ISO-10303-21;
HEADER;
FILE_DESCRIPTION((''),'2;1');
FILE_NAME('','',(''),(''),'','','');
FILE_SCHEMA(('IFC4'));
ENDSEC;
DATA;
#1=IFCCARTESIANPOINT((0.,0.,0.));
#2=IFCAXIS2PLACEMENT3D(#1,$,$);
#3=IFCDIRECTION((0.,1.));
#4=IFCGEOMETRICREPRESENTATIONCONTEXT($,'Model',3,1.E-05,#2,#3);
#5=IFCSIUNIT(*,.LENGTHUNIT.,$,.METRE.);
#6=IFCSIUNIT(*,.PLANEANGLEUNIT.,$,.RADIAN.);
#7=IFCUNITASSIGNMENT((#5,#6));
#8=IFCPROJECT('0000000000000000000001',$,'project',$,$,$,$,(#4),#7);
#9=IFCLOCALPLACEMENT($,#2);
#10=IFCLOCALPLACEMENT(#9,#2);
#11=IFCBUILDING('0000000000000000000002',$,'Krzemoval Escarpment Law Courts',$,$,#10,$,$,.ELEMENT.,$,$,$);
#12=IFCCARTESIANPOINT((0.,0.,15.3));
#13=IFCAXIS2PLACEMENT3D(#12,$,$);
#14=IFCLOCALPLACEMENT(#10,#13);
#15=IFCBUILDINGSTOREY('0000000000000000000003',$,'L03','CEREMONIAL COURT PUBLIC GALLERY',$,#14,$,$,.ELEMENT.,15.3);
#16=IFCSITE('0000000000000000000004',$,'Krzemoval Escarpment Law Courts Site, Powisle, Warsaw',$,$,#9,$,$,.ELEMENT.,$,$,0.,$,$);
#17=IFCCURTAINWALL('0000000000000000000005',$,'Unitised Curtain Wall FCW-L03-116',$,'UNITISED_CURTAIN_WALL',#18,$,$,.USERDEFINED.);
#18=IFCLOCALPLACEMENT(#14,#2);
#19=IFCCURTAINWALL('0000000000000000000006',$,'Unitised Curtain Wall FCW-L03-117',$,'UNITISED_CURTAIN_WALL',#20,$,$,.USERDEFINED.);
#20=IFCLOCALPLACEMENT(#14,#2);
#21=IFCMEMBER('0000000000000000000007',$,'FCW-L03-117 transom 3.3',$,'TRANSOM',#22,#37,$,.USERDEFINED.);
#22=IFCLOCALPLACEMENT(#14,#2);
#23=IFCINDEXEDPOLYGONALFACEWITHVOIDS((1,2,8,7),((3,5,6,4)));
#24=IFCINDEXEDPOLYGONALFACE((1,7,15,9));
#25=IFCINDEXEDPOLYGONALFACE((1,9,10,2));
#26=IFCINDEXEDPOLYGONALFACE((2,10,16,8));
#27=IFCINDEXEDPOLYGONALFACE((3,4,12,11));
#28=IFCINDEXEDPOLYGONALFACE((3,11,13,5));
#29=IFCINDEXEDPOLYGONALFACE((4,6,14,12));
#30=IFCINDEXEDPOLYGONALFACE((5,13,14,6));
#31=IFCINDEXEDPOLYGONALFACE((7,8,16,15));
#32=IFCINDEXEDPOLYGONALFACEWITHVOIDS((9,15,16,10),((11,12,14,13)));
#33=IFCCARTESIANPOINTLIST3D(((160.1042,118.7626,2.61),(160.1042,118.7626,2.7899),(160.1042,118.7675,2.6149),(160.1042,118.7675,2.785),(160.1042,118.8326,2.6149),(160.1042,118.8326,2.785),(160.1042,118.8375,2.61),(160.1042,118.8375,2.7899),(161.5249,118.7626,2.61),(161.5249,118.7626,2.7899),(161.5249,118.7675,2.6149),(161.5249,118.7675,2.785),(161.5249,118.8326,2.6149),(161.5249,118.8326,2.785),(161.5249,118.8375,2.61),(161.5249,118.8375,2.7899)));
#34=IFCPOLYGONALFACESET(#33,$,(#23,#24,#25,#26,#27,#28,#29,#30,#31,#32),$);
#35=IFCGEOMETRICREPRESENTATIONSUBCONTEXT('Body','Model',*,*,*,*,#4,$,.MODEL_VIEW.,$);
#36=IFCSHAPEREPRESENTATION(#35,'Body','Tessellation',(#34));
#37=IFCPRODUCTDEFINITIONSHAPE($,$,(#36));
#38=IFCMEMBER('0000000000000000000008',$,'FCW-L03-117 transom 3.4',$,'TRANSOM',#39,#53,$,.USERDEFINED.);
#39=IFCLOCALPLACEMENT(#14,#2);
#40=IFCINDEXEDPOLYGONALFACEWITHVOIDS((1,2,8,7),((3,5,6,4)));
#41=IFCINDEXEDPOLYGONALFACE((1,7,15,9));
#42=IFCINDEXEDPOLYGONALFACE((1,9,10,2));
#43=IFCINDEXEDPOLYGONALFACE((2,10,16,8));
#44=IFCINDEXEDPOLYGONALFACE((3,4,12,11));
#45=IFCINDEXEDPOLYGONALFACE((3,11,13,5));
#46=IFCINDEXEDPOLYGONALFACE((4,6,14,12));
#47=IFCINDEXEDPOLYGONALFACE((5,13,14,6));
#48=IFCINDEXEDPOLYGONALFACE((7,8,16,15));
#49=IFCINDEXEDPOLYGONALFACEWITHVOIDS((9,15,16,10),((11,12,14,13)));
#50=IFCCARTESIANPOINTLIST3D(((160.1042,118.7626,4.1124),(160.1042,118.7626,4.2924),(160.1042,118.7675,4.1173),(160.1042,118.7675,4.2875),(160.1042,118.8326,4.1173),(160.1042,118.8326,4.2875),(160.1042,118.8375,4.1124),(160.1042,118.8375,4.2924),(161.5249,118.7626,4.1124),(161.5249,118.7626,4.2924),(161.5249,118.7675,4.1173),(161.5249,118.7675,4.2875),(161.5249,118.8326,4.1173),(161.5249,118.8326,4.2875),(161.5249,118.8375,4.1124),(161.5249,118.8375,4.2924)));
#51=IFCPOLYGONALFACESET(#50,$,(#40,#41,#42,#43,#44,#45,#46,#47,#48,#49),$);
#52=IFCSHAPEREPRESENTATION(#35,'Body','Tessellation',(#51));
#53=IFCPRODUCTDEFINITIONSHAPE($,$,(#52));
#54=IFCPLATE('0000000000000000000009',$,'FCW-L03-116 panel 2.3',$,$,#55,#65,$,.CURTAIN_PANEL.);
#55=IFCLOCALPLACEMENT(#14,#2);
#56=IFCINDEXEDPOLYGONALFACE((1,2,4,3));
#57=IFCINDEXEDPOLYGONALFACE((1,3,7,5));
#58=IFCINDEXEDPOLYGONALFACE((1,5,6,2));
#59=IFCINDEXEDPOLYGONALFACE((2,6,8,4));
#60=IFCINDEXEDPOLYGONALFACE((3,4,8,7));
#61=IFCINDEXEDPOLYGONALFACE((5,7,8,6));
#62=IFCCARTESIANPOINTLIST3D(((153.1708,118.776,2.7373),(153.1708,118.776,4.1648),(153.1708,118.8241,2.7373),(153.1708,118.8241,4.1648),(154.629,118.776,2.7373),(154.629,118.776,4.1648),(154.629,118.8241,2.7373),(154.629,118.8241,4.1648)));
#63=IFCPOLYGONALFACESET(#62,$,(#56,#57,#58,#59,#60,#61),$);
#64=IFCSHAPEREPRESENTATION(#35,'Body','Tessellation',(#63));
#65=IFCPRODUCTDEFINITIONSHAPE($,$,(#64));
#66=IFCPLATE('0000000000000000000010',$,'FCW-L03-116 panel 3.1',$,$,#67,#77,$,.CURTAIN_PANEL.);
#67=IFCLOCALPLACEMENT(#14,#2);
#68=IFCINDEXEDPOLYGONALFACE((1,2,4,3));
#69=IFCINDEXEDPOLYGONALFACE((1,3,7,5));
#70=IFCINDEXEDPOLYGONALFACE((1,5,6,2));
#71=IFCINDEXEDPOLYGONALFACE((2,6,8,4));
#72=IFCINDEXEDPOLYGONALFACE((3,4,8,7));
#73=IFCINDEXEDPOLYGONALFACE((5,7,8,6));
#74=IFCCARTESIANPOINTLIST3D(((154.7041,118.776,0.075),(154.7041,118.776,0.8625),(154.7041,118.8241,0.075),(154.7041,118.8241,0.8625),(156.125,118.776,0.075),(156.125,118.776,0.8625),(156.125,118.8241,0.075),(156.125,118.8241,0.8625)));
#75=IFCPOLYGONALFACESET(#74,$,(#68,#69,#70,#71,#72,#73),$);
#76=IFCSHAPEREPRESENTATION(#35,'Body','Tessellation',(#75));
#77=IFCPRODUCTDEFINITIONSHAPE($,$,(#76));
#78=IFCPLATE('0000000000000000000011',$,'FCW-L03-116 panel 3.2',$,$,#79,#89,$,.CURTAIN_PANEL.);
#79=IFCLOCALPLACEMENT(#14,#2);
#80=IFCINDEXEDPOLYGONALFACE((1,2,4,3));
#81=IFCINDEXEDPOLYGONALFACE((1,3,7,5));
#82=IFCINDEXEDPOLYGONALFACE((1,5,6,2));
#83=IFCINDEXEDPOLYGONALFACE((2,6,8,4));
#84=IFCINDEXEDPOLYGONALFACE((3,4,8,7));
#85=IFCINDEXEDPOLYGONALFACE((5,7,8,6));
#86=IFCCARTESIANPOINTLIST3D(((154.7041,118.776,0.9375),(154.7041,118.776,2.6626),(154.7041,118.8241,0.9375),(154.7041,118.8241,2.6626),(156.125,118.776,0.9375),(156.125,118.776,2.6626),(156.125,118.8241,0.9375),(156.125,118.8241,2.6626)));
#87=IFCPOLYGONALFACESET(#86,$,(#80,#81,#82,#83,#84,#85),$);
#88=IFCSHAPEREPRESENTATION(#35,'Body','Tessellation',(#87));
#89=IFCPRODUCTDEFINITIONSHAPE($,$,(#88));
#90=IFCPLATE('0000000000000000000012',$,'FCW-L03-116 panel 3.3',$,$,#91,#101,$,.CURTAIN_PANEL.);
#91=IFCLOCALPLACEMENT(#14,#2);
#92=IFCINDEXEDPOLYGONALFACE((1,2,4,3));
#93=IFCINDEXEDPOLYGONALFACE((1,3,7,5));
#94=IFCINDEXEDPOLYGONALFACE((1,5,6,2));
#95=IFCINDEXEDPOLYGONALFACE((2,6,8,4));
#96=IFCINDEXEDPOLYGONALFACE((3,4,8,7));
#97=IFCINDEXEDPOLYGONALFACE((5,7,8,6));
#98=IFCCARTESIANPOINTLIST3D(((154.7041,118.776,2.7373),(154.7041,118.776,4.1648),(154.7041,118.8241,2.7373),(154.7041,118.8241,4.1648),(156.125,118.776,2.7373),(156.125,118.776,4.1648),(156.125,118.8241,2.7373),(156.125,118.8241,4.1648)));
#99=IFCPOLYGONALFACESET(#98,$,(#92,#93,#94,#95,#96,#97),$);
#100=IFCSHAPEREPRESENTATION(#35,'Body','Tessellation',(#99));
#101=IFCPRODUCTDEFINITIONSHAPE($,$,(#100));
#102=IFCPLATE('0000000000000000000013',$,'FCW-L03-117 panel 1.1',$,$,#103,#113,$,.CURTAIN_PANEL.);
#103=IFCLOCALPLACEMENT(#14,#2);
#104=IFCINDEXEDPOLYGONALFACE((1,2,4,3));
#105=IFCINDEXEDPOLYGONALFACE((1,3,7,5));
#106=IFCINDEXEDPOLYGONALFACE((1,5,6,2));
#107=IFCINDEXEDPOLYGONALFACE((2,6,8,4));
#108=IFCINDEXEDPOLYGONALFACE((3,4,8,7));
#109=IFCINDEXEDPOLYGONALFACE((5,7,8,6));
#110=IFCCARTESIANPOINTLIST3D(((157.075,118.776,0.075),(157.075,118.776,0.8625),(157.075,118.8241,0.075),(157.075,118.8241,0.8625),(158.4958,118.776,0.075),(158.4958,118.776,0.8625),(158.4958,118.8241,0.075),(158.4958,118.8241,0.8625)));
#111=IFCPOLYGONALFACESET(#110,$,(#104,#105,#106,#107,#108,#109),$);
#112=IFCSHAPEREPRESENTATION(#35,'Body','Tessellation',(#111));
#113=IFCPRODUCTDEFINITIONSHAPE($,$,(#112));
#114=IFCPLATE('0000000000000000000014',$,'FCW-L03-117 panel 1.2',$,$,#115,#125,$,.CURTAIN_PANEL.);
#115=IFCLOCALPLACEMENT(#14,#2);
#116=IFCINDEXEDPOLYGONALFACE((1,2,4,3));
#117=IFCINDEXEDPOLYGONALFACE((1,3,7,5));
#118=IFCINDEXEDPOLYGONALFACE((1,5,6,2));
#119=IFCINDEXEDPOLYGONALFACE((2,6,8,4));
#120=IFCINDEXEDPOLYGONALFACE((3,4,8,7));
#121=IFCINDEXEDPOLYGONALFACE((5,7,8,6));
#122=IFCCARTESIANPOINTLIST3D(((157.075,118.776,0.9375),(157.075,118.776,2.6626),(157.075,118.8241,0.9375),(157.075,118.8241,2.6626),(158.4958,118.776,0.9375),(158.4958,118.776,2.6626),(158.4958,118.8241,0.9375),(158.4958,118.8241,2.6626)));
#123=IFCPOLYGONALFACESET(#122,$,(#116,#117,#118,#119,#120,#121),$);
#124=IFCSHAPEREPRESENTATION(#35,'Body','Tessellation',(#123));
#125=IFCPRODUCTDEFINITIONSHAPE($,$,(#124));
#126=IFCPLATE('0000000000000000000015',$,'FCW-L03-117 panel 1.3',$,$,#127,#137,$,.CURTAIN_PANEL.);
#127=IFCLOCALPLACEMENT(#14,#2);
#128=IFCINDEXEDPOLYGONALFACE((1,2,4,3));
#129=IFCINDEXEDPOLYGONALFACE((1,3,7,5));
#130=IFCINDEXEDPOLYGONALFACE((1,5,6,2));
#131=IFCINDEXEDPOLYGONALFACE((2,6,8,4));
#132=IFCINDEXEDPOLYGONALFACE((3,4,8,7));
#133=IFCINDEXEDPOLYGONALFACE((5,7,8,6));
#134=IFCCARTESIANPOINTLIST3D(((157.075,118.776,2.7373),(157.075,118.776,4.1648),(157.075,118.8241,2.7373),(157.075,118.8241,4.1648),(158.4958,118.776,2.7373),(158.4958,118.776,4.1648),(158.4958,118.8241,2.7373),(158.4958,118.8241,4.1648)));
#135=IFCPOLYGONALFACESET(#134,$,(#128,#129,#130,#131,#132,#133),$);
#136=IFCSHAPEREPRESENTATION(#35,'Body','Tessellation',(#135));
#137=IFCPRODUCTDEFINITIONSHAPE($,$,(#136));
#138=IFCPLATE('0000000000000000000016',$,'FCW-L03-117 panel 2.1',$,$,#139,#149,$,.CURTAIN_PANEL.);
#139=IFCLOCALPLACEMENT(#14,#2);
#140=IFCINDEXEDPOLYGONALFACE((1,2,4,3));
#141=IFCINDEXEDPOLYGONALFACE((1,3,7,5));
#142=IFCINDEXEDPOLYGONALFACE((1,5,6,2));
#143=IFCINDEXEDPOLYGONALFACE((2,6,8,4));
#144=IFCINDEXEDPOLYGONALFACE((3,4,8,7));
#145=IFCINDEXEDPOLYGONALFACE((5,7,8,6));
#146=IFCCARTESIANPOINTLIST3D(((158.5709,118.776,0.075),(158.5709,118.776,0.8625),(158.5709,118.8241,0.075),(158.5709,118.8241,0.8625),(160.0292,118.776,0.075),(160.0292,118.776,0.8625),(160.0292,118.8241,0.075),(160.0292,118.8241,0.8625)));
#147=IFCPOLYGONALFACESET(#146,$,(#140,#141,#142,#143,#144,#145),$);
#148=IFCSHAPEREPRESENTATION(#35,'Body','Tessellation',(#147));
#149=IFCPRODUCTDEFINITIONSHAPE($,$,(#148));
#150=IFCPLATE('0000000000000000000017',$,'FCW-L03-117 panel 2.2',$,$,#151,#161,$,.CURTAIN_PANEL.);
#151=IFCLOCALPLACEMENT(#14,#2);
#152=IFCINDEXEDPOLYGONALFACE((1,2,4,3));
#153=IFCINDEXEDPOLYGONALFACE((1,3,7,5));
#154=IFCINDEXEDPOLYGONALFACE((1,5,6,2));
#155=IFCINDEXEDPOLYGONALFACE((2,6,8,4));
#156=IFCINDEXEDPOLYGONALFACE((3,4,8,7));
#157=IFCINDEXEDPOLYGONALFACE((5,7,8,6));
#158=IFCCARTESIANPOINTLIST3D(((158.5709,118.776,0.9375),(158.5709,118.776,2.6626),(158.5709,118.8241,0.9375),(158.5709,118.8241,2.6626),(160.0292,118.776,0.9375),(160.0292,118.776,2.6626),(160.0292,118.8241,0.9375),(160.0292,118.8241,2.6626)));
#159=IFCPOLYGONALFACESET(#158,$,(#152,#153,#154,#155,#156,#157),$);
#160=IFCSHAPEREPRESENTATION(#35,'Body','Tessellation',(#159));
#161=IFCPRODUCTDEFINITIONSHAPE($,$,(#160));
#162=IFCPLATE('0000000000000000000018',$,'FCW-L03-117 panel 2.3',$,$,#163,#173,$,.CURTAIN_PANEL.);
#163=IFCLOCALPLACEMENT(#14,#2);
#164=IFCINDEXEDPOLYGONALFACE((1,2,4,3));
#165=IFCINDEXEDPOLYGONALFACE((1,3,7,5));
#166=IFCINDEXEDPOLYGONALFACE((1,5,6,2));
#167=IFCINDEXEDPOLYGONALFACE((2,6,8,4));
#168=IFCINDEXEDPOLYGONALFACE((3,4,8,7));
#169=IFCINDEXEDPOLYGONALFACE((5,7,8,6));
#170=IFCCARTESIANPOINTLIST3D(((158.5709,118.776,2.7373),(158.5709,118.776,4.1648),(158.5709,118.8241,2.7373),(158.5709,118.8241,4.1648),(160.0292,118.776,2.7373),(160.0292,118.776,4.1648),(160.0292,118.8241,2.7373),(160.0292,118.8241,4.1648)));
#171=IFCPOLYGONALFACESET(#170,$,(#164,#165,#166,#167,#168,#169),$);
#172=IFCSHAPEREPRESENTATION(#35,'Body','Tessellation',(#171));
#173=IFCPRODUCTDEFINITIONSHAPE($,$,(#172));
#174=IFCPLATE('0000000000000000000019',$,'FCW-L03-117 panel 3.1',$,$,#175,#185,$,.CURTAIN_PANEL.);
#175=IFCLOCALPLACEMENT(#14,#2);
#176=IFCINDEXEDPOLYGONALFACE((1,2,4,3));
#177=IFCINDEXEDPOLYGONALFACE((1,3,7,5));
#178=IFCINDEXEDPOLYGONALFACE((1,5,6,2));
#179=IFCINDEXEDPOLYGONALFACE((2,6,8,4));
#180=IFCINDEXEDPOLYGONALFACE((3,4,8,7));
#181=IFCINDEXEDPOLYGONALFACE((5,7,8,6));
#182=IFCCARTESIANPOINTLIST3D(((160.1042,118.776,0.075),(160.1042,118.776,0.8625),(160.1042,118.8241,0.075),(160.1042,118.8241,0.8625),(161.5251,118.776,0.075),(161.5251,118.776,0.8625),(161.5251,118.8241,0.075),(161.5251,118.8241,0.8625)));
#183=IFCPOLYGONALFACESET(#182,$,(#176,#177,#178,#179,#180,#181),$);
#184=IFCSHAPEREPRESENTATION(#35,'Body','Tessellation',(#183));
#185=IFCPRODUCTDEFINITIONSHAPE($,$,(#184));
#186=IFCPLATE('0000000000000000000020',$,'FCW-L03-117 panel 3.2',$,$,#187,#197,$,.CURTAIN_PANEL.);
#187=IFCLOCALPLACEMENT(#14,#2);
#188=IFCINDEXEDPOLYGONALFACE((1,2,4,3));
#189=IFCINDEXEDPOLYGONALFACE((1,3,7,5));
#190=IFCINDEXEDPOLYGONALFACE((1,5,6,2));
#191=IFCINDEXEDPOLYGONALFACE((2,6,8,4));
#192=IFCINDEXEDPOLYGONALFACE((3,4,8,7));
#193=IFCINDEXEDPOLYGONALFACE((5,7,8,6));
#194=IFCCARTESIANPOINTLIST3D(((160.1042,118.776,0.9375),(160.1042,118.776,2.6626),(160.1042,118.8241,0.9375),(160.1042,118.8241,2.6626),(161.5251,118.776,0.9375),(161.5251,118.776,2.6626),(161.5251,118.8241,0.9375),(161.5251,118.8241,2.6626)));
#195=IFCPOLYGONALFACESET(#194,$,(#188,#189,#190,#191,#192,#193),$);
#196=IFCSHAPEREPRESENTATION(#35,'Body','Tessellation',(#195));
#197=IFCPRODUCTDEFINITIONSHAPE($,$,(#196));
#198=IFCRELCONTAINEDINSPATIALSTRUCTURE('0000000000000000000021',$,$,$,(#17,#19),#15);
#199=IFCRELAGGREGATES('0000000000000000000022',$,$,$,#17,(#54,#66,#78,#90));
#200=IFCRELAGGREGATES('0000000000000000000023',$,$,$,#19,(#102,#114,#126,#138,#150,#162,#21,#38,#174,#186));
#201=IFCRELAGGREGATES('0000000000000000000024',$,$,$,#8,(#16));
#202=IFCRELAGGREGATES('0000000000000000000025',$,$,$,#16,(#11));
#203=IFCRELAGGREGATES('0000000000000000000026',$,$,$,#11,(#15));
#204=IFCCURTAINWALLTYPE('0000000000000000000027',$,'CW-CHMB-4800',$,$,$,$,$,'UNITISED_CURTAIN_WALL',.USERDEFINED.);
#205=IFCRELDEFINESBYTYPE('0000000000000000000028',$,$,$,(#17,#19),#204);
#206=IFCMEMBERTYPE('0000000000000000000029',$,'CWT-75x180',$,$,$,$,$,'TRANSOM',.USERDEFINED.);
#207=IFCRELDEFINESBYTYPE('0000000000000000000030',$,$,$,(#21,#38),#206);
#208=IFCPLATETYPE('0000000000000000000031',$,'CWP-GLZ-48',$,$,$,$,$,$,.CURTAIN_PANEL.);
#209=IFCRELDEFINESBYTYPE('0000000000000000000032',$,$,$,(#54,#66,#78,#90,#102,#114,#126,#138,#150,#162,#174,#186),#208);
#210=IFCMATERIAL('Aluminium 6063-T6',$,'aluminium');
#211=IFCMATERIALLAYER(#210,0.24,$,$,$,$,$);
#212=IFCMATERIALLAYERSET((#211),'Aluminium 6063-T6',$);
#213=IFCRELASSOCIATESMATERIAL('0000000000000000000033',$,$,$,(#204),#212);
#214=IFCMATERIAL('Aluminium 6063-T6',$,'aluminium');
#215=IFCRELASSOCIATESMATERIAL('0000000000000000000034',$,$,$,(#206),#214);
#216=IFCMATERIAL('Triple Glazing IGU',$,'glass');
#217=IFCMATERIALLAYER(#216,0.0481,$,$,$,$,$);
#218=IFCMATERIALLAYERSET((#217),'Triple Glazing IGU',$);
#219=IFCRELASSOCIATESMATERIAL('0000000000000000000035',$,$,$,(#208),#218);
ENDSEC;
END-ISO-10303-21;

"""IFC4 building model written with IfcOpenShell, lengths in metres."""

from ifc_helpers import new_model, si_unit, direction, frame, origin, origin_2d, place, context, subcontext, project, spatial, rectangle, hollow_rectangle, extrude, material, layer, layer_set, material_profile, profile_set, type_object, element, aggregate, save


model = new_model("IFC4")

# Units and contexts
model_context = context("Model", 3, precision=1e-05, world=origin(), true_north=direction((0.0, 1.0)))
body_context = subcontext(model_context, "Body", "Model", "MODEL_VIEW")
ifc_project = project(units=[si_unit("LENGTHUNIT", "METRE"), si_unit("PLANEANGLEUNIT", "RADIAN")], contexts=[model_context])

# Site, building, storey
site_placement = place(None, origin())
site = spatial("IfcSite", under=ifc_project, at=site_placement, Name="Krzemoval Escarpment Law Courts Site, Powisle, Warsaw", CompositionType="ELEMENT", RefElevation=0.0)
building_placement = place(site_placement, origin())
building = spatial("IfcBuilding", under=site, at=building_placement, Name="Krzemoval Escarpment Law Courts", CompositionType="ELEMENT")
storey_placement = place(building_placement, frame((0.0, 0.0, 15.3)))
storey = spatial("IfcBuildingStorey", under=building, at=storey_placement, Name="L03", Description="CEREMONIAL COURT PUBLIC GALLERY", CompositionType="ELEMENT", Elevation=15.3)

# Curtain walls
ifc_material_1 = material(Name="Aluminium 6063-T6", Category="aluminium")
ifc_layer_1 = layer(ifc_material_1, 0.24)
ifc_layer_set_1 = layer_set([ifc_layer_1], Name="Aluminium 6063-T6")
curtain_wall_type = type_object("IfcCurtainWallType", Name="CW-CHMB-4800", ElementType="UNITISED_CURTAIN_WALL", PredefinedType="USERDEFINED", material=ifc_layer_set_1)
curtain_wall_1_placement = place(storey_placement, origin())
curtain_wall_1 = element("IfcCurtainWall", 1, at=curtain_wall_1_placement, inside=storey, type_object=curtain_wall_type, Name="Unitised Curtain Wall FCW-L03-116", ObjectType="UNITISED_CURTAIN_WALL", PredefinedType="USERDEFINED")
curtain_wall_2_placement = place(storey_placement, origin())
curtain_wall_2 = element("IfcCurtainWall", 2, at=curtain_wall_2_placement, inside=storey, type_object=curtain_wall_type, Name="Unitised Curtain Wall FCW-L03-117", ObjectType="UNITISED_CURTAIN_WALL", PredefinedType="USERDEFINED")

# Members
ifc_material_2 = material(Name="Aluminium 6063-T6", Category="aluminium")
ifc_material_profile_1 = material_profile(ifc_material_2, hollow_rectangle(XDim=0.075, YDim=0.1799, WallThickness=0.0049, at=origin_2d()), Name="ALU T75x180")
ifc_profile_set_1 = profile_set([ifc_material_profile_1], Name="Aluminium 6063-T6")
member_type_1 = type_object("IfcMemberType", Name="CWT-75x180", ElementType="TRANSOM", PredefinedType="USERDEFINED", material=ifc_profile_set_1)
member_1_placement = place(storey_placement, frame((160.1042, 118.8, 2.7), z_axis=(1.0, 0.0, 0.0), x_axis=(0.0, 1.0, 0.0)))
member_1 = element("IfcMember", 3, at=member_1_placement, type_object=member_type_1, Name="FCW-L03-117 transom 3.3", ObjectType="TRANSOM", PredefinedType="USERDEFINED", context=body_context, shape_type="SweptSolid", body=[
    extrude(hollow_rectangle(XDim=0.075, YDim=0.1799, WallThickness=0.0049, at=origin_2d()), origin(), (0.0, 0.0, 1.0), 1.4207),
])
member_2_placement = place(storey_placement, frame((160.1042, 118.8, 4.2024), z_axis=(1.0, 0.0, 0.0), x_axis=(0.0, 1.0, 0.0)))
member_2 = element("IfcMember", 4, at=member_2_placement, type_object=member_type_1, Name="FCW-L03-117 transom 3.4", ObjectType="TRANSOM", PredefinedType="USERDEFINED", context=body_context, shape_type="SweptSolid", body=[
    extrude(hollow_rectangle(XDim=0.075, YDim=0.1799, WallThickness=0.0049, at=origin_2d()), origin(), (0.0, 0.0, 1.0), 1.4207),
])

# Plates
ifc_material_3 = material(Name="Triple Glazing IGU", Category="glass")
ifc_layer_2 = layer(ifc_material_3, 0.0481)
ifc_layer_set_2 = layer_set([ifc_layer_2], Name="Triple Glazing IGU")
plate_type = type_object("IfcPlateType", Name="CWP-GLZ-48", PredefinedType="CURTAIN_PANEL", material=ifc_layer_set_2)
plate_1_placement = place(storey_placement, frame((153.8999, 118.8, 2.7373), z_axis=(0.0, 0.0, 1.0), x_axis=(1.0, 0.0, 0.0)))
plate_1 = element("IfcPlate", 5, at=plate_1_placement, type_object=plate_type, Name="FCW-L03-116 panel 2.3", PredefinedType="CURTAIN_PANEL", context=body_context, shape_type="SweptSolid", body=[
    extrude(rectangle(XDim=1.4583, YDim=0.0481, at=origin_2d()), origin(), (0.0, 0.0, 1.0), 1.4275),
])
plate_2_placement = place(storey_placement, frame((155.4146, 118.8, 0.075), z_axis=(0.0, 0.0, 1.0), x_axis=(1.0, 0.0, 0.0)))
plate_2 = element("IfcPlate", 6, at=plate_2_placement, type_object=plate_type, Name="FCW-L03-116 panel 3.1", PredefinedType="CURTAIN_PANEL", context=body_context, shape_type="SweptSolid", body=[
    extrude(rectangle(XDim=1.4209, YDim=0.0481, at=origin_2d()), origin(), (0.0, 0.0, 1.0), 0.7876),
])
plate_3_placement = place(storey_placement, frame((155.4146, 118.8, 0.9375), z_axis=(0.0, 0.0, 1.0), x_axis=(1.0, 0.0, 0.0)))
plate_3 = element("IfcPlate", 7, at=plate_3_placement, type_object=plate_type, Name="FCW-L03-116 panel 3.2", PredefinedType="CURTAIN_PANEL", context=body_context, shape_type="SweptSolid", body=[
    extrude(rectangle(XDim=1.4209, YDim=0.0481, at=origin_2d()), origin(), (0.0, 0.0, 1.0), 1.7251),
])
plate_4_placement = place(storey_placement, frame((155.4146, 118.8, 2.7373), z_axis=(0.0, 0.0, 1.0), x_axis=(1.0, 0.0, 0.0)))
plate_4 = element("IfcPlate", 8, at=plate_4_placement, type_object=plate_type, Name="FCW-L03-116 panel 3.3", PredefinedType="CURTAIN_PANEL", context=body_context, shape_type="SweptSolid", body=[
    extrude(rectangle(XDim=1.4209, YDim=0.0481, at=origin_2d()), origin(), (0.0, 0.0, 1.0), 1.4275),
])
aggregate(curtain_wall_1, [plate_1, plate_2, plate_3, plate_4])
plate_5_placement = place(storey_placement, frame((157.7854, 118.8, 0.075), z_axis=(0.0, 0.0, 1.0), x_axis=(1.0, 0.0, 0.0)))
plate_5 = element("IfcPlate", 9, at=plate_5_placement, type_object=plate_type, Name="FCW-L03-117 panel 1.1", PredefinedType="CURTAIN_PANEL", context=body_context, shape_type="SweptSolid", body=[
    extrude(rectangle(XDim=1.4209, YDim=0.0481, at=origin_2d()), origin(), (0.0, 0.0, 1.0), 0.7876),
])
plate_6_placement = place(storey_placement, frame((157.7854, 118.8, 0.9375), z_axis=(0.0, 0.0, 1.0), x_axis=(1.0, 0.0, 0.0)))
plate_6 = element("IfcPlate", 10, at=plate_6_placement, type_object=plate_type, Name="FCW-L03-117 panel 1.2", PredefinedType="CURTAIN_PANEL", context=body_context, shape_type="SweptSolid", body=[
    extrude(rectangle(XDim=1.4209, YDim=0.0481, at=origin_2d()), origin(), (0.0, 0.0, 1.0), 1.7251),
])
plate_7_placement = place(storey_placement, frame((157.7854, 118.8, 2.7373), z_axis=(0.0, 0.0, 1.0), x_axis=(1.0, 0.0, 0.0)))
plate_7 = element("IfcPlate", 11, at=plate_7_placement, type_object=plate_type, Name="FCW-L03-117 panel 1.3", PredefinedType="CURTAIN_PANEL", context=body_context, shape_type="SweptSolid", body=[
    extrude(rectangle(XDim=1.4209, YDim=0.0481, at=origin_2d()), origin(), (0.0, 0.0, 1.0), 1.4275),
])
plate_8_placement = place(storey_placement, frame((159.3, 118.8, 0.075), z_axis=(0.0, 0.0, 1.0), x_axis=(1.0, 0.0, 0.0)))
plate_8 = element("IfcPlate", 12, at=plate_8_placement, type_object=plate_type, Name="FCW-L03-117 panel 2.1", PredefinedType="CURTAIN_PANEL", context=body_context, shape_type="SweptSolid", body=[
    extrude(rectangle(XDim=1.4583, YDim=0.0481, at=origin_2d()), origin(), (0.0, 0.0, 1.0), 0.7876),
])
plate_9_placement = place(storey_placement, frame((159.3, 118.8, 0.9375), z_axis=(0.0, 0.0, 1.0), x_axis=(1.0, 0.0, 0.0)))
plate_9 = element("IfcPlate", 13, at=plate_9_placement, type_object=plate_type, Name="FCW-L03-117 panel 2.2", PredefinedType="CURTAIN_PANEL", context=body_context, shape_type="SweptSolid", body=[
    extrude(rectangle(XDim=1.4583, YDim=0.0481, at=origin_2d()), origin(), (0.0, 0.0, 1.0), 1.7251),
])
plate_10_placement = place(storey_placement, frame((159.3, 118.8, 2.7373), z_axis=(0.0, 0.0, 1.0), x_axis=(1.0, 0.0, 0.0)))
plate_10 = element("IfcPlate", 14, at=plate_10_placement, type_object=plate_type, Name="FCW-L03-117 panel 2.3", PredefinedType="CURTAIN_PANEL", context=body_context, shape_type="SweptSolid", body=[
    extrude(rectangle(XDim=1.4583, YDim=0.0481, at=origin_2d()), origin(), (0.0, 0.0, 1.0), 1.4275),
])
plate_11_placement = place(storey_placement, frame((160.8147, 118.8, 0.075), z_axis=(0.0, 0.0, 1.0), x_axis=(1.0, 0.0, 0.0)))
plate_11 = element("IfcPlate", 15, at=plate_11_placement, type_object=plate_type, Name="FCW-L03-117 panel 3.1", PredefinedType="CURTAIN_PANEL", context=body_context, shape_type="SweptSolid", body=[
    extrude(rectangle(XDim=1.4209, YDim=0.0481, at=origin_2d()), origin(), (0.0, 0.0, 1.0), 0.7876),
])
plate_12_placement = place(storey_placement, frame((160.8147, 118.8, 0.9375), z_axis=(0.0, 0.0, 1.0), x_axis=(1.0, 0.0, 0.0)))
plate_12 = element("IfcPlate", 16, at=plate_12_placement, type_object=plate_type, Name="FCW-L03-117 panel 3.2", PredefinedType="CURTAIN_PANEL", context=body_context, shape_type="SweptSolid", body=[
    extrude(rectangle(XDim=1.4209, YDim=0.0481, at=origin_2d()), origin(), (0.0, 0.0, 1.0), 1.7251),
])
aggregate(curtain_wall_2, [plate_5, plate_6, plate_7, plate_8, plate_9, plate_10, member_1, member_2, plate_11, plate_12])

save(model, "model.ifc")
